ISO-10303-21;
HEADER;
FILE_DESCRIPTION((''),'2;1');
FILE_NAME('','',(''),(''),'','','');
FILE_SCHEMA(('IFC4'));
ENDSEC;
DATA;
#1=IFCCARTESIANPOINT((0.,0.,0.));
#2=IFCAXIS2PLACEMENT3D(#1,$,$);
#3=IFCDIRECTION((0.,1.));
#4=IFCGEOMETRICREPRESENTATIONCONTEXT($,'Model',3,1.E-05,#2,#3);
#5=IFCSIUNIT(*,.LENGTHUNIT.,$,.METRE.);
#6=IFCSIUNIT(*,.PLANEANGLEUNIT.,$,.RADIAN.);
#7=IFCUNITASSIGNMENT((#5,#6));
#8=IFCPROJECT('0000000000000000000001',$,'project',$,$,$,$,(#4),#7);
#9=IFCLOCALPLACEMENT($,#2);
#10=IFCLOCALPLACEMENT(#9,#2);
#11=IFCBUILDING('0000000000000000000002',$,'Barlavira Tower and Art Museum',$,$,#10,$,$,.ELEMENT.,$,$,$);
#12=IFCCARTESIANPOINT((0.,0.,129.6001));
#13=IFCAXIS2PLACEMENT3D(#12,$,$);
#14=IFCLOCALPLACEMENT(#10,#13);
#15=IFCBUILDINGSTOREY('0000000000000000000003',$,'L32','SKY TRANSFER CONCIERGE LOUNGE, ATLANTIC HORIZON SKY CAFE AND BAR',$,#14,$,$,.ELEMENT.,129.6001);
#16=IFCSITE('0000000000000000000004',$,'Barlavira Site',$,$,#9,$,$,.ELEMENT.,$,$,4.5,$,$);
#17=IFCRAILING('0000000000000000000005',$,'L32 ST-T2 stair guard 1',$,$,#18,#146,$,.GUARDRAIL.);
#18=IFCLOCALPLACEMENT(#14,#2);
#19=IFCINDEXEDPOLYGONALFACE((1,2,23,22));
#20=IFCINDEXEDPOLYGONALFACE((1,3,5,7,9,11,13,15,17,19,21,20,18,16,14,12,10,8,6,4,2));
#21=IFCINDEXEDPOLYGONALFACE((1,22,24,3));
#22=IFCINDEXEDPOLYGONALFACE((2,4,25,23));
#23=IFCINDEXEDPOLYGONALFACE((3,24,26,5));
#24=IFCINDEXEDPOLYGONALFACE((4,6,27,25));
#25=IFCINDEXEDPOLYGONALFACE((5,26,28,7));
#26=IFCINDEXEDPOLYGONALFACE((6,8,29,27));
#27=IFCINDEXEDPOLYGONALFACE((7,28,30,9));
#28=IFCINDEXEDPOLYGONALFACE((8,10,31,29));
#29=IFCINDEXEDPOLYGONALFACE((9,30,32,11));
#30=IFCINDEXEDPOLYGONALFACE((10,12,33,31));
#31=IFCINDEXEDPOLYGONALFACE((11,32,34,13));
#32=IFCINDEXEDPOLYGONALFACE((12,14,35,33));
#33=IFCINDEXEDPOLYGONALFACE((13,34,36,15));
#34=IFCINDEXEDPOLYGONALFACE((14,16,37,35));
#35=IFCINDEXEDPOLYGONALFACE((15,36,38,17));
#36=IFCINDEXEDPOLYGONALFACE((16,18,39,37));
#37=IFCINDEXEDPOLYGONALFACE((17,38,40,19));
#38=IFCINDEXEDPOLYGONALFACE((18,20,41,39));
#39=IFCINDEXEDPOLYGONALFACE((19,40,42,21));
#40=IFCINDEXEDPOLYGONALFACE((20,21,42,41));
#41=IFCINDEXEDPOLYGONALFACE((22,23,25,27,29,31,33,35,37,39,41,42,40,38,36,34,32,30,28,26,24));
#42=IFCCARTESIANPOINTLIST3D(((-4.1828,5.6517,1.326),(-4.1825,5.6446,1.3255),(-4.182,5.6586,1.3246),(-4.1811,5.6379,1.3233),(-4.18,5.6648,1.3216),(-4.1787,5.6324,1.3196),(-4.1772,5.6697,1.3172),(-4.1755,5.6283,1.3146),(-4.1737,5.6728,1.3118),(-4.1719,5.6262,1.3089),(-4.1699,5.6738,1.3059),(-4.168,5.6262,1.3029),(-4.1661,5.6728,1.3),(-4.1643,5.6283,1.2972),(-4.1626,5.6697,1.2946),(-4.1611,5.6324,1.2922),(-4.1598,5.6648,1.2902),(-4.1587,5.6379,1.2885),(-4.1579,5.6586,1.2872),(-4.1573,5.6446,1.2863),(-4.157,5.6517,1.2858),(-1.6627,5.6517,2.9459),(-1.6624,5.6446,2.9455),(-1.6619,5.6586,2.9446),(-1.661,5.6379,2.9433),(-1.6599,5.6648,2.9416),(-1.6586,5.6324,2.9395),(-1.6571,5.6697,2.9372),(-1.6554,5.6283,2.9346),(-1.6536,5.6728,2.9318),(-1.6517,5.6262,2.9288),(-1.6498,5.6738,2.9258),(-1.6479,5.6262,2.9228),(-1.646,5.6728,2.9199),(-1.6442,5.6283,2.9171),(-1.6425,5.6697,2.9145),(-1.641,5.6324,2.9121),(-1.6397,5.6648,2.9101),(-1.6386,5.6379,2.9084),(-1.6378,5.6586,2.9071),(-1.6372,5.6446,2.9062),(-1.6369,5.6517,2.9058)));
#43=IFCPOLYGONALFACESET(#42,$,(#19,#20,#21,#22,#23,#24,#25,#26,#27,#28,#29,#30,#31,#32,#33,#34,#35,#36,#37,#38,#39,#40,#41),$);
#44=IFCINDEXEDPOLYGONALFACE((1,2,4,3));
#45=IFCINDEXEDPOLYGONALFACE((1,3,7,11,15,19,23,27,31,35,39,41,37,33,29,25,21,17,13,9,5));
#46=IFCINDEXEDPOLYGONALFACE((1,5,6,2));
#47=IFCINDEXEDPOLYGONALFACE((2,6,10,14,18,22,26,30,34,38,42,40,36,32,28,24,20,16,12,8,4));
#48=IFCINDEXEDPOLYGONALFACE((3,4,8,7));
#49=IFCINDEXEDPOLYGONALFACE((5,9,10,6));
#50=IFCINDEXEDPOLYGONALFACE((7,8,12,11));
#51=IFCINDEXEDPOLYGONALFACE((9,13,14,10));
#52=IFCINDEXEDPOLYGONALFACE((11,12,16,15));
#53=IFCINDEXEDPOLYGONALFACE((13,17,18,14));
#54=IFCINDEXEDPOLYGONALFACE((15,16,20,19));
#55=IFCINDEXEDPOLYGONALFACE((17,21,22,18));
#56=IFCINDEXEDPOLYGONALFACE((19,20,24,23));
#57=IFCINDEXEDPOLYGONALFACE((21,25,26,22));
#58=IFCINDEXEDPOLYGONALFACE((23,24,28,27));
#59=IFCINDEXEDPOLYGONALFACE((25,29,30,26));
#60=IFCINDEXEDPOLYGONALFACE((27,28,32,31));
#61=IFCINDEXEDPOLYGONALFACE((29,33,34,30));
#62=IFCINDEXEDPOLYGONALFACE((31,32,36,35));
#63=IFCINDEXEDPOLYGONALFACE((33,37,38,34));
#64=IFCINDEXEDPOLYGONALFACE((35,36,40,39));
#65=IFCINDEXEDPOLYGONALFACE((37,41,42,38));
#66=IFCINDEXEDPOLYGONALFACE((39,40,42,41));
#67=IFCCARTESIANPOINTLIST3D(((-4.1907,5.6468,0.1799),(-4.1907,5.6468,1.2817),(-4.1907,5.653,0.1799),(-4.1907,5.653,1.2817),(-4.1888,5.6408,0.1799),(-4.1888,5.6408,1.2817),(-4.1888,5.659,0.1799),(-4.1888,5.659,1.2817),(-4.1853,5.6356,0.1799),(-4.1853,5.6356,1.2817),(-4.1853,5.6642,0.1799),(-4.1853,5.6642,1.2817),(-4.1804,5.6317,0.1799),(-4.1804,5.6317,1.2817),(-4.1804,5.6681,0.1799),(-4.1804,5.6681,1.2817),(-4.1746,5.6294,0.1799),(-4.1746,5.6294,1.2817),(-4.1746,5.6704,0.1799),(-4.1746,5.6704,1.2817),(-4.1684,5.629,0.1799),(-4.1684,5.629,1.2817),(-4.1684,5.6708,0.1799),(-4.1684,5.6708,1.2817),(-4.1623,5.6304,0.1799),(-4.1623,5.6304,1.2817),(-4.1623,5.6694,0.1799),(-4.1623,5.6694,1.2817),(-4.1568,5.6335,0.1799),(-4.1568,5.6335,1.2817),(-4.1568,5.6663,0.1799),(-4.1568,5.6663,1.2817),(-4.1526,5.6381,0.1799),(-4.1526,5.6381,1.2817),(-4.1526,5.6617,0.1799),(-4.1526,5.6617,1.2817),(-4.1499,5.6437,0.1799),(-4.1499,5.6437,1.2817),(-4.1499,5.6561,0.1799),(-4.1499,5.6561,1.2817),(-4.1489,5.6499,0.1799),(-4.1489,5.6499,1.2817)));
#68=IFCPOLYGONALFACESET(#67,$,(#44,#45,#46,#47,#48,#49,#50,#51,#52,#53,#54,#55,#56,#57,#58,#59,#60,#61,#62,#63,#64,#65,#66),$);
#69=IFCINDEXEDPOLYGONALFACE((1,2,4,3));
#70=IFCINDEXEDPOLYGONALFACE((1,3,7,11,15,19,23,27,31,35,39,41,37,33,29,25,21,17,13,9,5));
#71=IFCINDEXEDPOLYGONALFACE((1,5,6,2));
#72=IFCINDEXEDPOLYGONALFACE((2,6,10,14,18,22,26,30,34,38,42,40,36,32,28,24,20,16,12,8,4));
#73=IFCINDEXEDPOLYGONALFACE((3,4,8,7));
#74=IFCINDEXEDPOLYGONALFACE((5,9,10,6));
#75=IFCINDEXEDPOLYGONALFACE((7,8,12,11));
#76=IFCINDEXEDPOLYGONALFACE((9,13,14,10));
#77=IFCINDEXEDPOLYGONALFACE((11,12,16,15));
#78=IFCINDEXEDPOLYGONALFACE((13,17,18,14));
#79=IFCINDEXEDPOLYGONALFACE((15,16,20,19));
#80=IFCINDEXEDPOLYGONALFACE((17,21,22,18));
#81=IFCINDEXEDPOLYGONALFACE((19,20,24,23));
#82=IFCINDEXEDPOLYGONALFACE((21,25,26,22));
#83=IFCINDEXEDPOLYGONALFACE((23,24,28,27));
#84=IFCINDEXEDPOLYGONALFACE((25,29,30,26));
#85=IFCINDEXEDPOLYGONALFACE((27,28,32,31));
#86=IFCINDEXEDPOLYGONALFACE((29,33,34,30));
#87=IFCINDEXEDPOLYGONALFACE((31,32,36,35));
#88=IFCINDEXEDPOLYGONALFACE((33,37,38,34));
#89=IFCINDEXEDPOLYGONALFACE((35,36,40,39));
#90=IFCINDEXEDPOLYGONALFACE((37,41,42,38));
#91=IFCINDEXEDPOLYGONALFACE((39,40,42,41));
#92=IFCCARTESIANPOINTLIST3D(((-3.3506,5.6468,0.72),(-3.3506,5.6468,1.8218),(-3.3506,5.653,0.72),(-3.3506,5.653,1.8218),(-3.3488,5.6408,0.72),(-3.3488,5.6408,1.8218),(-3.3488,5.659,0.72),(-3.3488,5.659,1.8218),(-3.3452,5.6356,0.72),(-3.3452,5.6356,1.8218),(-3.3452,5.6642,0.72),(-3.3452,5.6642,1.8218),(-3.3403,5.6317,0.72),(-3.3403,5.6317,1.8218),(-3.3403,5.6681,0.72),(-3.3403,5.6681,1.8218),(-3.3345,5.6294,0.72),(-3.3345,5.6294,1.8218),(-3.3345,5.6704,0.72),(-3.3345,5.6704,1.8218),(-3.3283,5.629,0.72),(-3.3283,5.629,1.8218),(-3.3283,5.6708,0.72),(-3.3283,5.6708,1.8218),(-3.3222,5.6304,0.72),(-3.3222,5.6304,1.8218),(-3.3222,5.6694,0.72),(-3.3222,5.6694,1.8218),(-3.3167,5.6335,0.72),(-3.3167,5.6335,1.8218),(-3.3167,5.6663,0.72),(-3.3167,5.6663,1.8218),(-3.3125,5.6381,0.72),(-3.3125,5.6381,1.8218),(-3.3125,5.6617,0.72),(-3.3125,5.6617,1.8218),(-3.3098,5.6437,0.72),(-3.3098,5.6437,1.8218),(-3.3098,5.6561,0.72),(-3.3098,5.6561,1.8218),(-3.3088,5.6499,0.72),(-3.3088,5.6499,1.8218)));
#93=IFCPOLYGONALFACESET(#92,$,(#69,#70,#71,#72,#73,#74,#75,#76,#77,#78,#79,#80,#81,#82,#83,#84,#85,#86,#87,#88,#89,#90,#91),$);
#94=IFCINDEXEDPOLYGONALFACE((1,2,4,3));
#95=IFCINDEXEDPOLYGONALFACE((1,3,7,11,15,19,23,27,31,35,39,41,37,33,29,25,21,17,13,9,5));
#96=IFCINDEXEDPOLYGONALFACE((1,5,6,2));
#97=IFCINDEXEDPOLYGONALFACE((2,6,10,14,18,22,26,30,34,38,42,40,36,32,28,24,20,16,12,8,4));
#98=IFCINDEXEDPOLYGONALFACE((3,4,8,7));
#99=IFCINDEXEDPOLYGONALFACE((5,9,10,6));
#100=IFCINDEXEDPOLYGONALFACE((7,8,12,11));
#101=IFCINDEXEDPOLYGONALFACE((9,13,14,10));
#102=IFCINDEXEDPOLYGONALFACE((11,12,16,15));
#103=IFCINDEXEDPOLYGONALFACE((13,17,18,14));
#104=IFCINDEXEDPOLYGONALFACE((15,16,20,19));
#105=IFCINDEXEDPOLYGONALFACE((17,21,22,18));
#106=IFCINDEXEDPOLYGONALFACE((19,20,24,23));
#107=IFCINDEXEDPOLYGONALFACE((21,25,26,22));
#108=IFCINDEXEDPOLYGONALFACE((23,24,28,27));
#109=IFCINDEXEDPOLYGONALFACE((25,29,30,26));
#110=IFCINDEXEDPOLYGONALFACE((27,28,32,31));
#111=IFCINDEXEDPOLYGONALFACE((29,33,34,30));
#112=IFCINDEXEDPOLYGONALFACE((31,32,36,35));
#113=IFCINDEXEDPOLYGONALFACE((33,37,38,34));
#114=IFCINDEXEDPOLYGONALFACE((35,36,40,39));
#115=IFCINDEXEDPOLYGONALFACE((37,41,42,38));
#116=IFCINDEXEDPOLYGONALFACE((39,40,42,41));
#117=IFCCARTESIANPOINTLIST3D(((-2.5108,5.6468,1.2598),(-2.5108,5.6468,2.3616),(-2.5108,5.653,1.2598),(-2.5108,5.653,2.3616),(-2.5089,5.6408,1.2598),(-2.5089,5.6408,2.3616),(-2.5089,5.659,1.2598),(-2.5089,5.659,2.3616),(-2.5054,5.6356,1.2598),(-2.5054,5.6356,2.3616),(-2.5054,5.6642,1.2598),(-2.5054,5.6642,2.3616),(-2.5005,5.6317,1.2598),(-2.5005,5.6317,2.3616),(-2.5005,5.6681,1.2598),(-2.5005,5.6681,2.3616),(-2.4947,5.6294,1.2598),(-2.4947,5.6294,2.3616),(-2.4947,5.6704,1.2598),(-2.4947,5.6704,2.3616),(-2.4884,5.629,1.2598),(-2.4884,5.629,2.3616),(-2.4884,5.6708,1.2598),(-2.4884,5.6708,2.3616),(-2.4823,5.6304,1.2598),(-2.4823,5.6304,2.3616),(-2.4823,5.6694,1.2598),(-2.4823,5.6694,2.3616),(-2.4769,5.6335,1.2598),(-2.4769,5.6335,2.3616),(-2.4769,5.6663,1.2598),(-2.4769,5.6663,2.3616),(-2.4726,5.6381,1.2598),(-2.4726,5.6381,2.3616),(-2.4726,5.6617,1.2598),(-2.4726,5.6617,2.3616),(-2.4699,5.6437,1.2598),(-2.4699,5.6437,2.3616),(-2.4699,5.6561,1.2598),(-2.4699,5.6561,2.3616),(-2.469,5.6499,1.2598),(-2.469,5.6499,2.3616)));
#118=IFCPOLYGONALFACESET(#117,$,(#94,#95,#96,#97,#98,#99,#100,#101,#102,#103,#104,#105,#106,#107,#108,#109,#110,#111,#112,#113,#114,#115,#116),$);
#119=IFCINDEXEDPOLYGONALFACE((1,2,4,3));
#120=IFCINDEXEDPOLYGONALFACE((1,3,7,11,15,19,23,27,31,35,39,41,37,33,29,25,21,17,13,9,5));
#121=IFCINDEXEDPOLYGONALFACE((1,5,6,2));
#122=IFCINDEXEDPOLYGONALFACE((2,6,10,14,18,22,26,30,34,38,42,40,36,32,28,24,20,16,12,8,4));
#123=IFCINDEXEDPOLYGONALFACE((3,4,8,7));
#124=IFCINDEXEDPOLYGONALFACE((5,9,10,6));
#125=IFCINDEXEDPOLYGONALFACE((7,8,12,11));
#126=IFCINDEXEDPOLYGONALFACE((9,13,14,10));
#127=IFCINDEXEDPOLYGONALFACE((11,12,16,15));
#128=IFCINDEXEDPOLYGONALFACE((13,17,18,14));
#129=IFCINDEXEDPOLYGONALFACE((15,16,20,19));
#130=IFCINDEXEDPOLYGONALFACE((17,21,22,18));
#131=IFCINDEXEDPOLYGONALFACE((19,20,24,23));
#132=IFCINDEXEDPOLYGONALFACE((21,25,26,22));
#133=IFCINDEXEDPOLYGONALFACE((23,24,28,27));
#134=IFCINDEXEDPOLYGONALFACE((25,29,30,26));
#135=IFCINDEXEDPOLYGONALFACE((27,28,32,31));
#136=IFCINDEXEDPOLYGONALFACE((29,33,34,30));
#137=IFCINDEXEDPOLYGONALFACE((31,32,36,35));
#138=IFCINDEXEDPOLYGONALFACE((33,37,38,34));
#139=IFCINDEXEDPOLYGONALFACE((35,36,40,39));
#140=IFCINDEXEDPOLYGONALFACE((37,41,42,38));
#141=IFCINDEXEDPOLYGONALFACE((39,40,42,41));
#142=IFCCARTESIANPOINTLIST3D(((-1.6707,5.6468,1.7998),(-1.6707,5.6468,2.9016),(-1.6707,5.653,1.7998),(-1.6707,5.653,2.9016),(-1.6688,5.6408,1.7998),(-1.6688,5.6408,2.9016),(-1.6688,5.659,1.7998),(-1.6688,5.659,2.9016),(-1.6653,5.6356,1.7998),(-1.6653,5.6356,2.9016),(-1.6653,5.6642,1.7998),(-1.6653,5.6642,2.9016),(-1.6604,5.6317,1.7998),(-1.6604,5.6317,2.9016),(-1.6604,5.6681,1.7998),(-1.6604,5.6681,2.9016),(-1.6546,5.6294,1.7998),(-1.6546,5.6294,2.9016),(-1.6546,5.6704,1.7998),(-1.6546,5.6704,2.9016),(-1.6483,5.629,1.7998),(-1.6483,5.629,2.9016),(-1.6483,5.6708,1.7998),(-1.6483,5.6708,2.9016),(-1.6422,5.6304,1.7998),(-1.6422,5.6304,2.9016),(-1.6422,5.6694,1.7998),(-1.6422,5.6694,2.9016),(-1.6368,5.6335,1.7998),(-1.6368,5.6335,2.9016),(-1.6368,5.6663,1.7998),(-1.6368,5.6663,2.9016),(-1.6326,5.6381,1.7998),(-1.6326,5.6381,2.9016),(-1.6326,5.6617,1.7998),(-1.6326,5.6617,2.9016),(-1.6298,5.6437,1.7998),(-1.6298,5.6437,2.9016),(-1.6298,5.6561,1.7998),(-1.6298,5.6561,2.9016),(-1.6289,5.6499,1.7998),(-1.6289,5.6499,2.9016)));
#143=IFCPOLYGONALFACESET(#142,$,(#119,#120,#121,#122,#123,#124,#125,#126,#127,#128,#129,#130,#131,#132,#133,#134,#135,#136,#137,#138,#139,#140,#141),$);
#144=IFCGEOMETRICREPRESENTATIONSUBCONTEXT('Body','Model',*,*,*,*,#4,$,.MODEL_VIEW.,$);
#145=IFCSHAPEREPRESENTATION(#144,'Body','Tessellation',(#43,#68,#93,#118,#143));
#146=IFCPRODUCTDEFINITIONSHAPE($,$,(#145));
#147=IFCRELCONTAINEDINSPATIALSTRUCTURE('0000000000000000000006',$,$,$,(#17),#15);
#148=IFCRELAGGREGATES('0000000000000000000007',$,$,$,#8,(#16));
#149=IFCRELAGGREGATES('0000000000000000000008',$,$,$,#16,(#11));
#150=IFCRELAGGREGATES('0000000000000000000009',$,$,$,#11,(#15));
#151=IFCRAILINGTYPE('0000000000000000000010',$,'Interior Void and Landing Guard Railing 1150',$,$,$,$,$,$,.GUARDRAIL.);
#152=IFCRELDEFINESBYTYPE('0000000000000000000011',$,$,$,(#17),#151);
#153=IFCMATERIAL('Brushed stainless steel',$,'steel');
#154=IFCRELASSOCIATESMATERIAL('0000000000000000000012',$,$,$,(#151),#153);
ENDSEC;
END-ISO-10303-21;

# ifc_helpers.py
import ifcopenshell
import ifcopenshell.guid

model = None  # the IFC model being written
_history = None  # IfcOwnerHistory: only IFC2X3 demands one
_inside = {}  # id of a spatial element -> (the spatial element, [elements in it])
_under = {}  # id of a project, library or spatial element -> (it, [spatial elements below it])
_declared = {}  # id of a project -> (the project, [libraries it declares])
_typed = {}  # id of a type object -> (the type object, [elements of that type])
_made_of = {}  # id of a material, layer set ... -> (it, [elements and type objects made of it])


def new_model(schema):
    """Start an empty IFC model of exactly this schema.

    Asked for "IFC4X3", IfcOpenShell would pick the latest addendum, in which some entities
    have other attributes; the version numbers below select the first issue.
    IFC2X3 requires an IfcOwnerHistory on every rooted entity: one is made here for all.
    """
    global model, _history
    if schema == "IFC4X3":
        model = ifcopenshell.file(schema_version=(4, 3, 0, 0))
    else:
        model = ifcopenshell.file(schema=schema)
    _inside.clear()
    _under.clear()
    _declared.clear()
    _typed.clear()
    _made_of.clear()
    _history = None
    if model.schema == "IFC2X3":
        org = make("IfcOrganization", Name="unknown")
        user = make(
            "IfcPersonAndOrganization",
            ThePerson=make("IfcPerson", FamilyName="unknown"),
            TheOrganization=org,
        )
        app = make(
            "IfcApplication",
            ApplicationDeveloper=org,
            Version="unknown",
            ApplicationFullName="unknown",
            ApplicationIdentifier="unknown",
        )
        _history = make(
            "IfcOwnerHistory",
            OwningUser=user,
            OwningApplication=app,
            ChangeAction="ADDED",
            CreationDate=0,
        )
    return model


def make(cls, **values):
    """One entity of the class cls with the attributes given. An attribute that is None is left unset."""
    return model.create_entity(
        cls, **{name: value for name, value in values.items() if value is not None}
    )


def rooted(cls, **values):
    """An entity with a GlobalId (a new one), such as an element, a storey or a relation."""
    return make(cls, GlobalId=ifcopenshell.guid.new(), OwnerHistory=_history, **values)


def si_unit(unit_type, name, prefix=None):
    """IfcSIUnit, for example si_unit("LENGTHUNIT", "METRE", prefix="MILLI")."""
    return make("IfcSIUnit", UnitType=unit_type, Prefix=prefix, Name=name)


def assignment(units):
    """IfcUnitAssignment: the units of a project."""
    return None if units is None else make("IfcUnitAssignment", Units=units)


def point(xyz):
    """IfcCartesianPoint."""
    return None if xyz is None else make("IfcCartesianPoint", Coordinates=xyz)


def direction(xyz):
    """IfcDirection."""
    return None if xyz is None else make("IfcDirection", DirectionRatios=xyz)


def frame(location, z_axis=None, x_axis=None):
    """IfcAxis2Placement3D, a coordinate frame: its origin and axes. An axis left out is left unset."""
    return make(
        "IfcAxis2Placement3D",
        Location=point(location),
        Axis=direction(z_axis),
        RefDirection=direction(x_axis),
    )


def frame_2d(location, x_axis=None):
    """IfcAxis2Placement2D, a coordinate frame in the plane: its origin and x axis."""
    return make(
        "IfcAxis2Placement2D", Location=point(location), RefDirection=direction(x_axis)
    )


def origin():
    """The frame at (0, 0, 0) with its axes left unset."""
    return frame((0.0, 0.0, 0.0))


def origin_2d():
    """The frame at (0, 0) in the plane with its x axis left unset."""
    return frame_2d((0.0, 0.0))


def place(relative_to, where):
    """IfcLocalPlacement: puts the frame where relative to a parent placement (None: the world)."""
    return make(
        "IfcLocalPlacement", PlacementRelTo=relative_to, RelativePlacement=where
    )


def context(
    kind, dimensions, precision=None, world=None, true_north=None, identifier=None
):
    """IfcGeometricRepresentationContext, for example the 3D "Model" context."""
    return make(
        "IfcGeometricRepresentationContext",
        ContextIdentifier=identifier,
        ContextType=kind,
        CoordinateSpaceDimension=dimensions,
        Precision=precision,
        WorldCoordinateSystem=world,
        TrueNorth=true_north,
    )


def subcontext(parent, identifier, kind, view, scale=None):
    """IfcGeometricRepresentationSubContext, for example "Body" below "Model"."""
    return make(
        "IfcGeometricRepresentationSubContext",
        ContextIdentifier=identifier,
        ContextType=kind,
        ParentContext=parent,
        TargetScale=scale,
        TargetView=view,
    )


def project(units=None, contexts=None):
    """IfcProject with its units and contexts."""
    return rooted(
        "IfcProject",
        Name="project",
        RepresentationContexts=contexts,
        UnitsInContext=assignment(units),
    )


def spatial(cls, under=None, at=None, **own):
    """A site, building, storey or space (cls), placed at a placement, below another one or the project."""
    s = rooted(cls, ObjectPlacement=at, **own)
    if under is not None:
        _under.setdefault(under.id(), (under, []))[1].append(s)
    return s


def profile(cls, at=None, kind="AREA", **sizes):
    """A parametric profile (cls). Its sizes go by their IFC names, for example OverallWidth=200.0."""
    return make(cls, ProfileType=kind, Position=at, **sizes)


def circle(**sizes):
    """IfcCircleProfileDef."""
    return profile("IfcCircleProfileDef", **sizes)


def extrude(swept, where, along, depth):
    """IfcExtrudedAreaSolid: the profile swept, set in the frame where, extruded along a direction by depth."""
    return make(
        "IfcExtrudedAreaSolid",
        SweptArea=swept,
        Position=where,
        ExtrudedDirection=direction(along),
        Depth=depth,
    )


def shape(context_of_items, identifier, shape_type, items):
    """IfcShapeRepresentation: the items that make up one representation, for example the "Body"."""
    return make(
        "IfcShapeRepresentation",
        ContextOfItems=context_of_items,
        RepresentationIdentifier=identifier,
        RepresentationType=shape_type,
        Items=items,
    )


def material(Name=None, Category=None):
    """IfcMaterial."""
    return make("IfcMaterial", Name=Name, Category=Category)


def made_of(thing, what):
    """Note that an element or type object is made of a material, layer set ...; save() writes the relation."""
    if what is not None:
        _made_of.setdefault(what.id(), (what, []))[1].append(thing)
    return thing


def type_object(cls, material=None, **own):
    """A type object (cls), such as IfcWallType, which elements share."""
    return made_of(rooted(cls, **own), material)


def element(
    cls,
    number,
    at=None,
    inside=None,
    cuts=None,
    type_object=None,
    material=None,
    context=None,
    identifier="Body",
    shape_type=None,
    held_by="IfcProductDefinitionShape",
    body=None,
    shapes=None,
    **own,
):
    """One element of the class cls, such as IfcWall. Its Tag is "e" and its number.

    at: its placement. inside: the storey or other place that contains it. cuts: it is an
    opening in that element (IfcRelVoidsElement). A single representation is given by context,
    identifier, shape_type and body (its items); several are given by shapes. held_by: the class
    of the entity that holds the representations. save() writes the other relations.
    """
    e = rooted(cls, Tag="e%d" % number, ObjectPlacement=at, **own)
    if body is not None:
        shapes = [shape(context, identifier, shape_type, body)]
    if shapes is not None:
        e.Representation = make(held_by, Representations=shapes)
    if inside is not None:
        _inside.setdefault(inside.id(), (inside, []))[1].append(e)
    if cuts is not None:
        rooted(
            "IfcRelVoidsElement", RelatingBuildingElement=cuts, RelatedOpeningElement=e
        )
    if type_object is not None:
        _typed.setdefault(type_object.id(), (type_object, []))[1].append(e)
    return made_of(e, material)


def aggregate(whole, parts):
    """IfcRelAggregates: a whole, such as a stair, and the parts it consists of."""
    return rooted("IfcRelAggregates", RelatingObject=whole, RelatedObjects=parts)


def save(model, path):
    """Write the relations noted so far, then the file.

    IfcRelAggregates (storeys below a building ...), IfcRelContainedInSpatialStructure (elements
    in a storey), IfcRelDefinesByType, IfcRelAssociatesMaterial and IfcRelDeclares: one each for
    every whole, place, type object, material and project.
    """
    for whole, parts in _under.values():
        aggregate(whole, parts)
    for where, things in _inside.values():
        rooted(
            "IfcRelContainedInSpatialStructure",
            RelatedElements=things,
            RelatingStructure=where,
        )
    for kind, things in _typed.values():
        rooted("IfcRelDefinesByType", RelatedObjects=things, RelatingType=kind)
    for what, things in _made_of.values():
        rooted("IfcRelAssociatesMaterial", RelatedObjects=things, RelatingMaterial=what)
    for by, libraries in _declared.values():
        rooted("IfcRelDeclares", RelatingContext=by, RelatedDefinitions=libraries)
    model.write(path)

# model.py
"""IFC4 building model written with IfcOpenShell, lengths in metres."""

from ifc_helpers import new_model, si_unit, direction, frame, origin, origin_2d, place, context, subcontext, project, spatial, circle, extrude, material, type_object, element, save


model = new_model("IFC4")

# Units and contexts
model_context = context("Model", 3, precision=1e-05, world=origin(), true_north=direction((0.0, 1.0)))
body_context = subcontext(model_context, "Body", "Model", "MODEL_VIEW")
ifc_project = project(units=[si_unit("LENGTHUNIT", "METRE"), si_unit("PLANEANGLEUNIT", "RADIAN")], contexts=[model_context])

# Site, building, storey
site_placement = place(None, origin())
site = spatial("IfcSite", under=ifc_project, at=site_placement, Name="Barlavira Site", CompositionType="ELEMENT", RefElevation=4.5)
building_placement = place(site_placement, origin())
building = spatial("IfcBuilding", under=site, at=building_placement, Name="Barlavira Tower and Art Museum", CompositionType="ELEMENT")
storey_placement = place(building_placement, frame((0.0, 0.0, 129.6001)))
storey = spatial("IfcBuildingStorey", under=building, at=storey_placement, Name="L32", Description="SKY TRANSFER CONCIERGE LOUNGE, ATLANTIC HORIZON SKY CAFE AND BAR", CompositionType="ELEMENT", Elevation=129.6001)

# Shared definitions
ifc_material_1 = material(Name="Brushed stainless steel", Category="steel")

# Railing
railing_type_1 = type_object("IfcRailingType", Name="Interior Void and Landing Guard Railing 1150", PredefinedType="GUARDRAIL", material=ifc_material_1)
railing_1_placement = place(storey_placement, frame((-4.1699, 5.6499, 0.1799)))
element("IfcRailing", 1, at=railing_1_placement, inside=storey, type_object=railing_type_1, Name="L32 ST-T2 stair guard 1", PredefinedType="GUARDRAIL", context=body_context, shape_type="SweptSolid", body=[
    extrude(circle(Radius=0.0239, at=origin_2d()), frame((0.0, 0.0, 1.126), z_axis=(0.8412, 0.0, 0.540725), x_axis=(0.0, 1.0, 0.0)), (0.0, 0.0, 1.0), 2.9958),
    extrude(circle(Radius=0.021, at=origin_2d()), origin(), (0.0, 0.0, 1.0), 1.1018),
    extrude(circle(Radius=0.021, at=origin_2d()), frame((0.8401, 0.0, 0.54)), (0.0, 0.0, 1.0), 1.1018),
    extrude(circle(Radius=0.021, at=origin_2d()), frame((1.6799, 0.0, 1.0798)), (0.0, 0.0, 1.0), 1.1018),
    extrude(circle(Radius=0.021, at=origin_2d()), frame((2.52, 0.0, 1.6199)), (0.0, 0.0, 1.0), 1.1018),
])

save(model, "model.ifc")
